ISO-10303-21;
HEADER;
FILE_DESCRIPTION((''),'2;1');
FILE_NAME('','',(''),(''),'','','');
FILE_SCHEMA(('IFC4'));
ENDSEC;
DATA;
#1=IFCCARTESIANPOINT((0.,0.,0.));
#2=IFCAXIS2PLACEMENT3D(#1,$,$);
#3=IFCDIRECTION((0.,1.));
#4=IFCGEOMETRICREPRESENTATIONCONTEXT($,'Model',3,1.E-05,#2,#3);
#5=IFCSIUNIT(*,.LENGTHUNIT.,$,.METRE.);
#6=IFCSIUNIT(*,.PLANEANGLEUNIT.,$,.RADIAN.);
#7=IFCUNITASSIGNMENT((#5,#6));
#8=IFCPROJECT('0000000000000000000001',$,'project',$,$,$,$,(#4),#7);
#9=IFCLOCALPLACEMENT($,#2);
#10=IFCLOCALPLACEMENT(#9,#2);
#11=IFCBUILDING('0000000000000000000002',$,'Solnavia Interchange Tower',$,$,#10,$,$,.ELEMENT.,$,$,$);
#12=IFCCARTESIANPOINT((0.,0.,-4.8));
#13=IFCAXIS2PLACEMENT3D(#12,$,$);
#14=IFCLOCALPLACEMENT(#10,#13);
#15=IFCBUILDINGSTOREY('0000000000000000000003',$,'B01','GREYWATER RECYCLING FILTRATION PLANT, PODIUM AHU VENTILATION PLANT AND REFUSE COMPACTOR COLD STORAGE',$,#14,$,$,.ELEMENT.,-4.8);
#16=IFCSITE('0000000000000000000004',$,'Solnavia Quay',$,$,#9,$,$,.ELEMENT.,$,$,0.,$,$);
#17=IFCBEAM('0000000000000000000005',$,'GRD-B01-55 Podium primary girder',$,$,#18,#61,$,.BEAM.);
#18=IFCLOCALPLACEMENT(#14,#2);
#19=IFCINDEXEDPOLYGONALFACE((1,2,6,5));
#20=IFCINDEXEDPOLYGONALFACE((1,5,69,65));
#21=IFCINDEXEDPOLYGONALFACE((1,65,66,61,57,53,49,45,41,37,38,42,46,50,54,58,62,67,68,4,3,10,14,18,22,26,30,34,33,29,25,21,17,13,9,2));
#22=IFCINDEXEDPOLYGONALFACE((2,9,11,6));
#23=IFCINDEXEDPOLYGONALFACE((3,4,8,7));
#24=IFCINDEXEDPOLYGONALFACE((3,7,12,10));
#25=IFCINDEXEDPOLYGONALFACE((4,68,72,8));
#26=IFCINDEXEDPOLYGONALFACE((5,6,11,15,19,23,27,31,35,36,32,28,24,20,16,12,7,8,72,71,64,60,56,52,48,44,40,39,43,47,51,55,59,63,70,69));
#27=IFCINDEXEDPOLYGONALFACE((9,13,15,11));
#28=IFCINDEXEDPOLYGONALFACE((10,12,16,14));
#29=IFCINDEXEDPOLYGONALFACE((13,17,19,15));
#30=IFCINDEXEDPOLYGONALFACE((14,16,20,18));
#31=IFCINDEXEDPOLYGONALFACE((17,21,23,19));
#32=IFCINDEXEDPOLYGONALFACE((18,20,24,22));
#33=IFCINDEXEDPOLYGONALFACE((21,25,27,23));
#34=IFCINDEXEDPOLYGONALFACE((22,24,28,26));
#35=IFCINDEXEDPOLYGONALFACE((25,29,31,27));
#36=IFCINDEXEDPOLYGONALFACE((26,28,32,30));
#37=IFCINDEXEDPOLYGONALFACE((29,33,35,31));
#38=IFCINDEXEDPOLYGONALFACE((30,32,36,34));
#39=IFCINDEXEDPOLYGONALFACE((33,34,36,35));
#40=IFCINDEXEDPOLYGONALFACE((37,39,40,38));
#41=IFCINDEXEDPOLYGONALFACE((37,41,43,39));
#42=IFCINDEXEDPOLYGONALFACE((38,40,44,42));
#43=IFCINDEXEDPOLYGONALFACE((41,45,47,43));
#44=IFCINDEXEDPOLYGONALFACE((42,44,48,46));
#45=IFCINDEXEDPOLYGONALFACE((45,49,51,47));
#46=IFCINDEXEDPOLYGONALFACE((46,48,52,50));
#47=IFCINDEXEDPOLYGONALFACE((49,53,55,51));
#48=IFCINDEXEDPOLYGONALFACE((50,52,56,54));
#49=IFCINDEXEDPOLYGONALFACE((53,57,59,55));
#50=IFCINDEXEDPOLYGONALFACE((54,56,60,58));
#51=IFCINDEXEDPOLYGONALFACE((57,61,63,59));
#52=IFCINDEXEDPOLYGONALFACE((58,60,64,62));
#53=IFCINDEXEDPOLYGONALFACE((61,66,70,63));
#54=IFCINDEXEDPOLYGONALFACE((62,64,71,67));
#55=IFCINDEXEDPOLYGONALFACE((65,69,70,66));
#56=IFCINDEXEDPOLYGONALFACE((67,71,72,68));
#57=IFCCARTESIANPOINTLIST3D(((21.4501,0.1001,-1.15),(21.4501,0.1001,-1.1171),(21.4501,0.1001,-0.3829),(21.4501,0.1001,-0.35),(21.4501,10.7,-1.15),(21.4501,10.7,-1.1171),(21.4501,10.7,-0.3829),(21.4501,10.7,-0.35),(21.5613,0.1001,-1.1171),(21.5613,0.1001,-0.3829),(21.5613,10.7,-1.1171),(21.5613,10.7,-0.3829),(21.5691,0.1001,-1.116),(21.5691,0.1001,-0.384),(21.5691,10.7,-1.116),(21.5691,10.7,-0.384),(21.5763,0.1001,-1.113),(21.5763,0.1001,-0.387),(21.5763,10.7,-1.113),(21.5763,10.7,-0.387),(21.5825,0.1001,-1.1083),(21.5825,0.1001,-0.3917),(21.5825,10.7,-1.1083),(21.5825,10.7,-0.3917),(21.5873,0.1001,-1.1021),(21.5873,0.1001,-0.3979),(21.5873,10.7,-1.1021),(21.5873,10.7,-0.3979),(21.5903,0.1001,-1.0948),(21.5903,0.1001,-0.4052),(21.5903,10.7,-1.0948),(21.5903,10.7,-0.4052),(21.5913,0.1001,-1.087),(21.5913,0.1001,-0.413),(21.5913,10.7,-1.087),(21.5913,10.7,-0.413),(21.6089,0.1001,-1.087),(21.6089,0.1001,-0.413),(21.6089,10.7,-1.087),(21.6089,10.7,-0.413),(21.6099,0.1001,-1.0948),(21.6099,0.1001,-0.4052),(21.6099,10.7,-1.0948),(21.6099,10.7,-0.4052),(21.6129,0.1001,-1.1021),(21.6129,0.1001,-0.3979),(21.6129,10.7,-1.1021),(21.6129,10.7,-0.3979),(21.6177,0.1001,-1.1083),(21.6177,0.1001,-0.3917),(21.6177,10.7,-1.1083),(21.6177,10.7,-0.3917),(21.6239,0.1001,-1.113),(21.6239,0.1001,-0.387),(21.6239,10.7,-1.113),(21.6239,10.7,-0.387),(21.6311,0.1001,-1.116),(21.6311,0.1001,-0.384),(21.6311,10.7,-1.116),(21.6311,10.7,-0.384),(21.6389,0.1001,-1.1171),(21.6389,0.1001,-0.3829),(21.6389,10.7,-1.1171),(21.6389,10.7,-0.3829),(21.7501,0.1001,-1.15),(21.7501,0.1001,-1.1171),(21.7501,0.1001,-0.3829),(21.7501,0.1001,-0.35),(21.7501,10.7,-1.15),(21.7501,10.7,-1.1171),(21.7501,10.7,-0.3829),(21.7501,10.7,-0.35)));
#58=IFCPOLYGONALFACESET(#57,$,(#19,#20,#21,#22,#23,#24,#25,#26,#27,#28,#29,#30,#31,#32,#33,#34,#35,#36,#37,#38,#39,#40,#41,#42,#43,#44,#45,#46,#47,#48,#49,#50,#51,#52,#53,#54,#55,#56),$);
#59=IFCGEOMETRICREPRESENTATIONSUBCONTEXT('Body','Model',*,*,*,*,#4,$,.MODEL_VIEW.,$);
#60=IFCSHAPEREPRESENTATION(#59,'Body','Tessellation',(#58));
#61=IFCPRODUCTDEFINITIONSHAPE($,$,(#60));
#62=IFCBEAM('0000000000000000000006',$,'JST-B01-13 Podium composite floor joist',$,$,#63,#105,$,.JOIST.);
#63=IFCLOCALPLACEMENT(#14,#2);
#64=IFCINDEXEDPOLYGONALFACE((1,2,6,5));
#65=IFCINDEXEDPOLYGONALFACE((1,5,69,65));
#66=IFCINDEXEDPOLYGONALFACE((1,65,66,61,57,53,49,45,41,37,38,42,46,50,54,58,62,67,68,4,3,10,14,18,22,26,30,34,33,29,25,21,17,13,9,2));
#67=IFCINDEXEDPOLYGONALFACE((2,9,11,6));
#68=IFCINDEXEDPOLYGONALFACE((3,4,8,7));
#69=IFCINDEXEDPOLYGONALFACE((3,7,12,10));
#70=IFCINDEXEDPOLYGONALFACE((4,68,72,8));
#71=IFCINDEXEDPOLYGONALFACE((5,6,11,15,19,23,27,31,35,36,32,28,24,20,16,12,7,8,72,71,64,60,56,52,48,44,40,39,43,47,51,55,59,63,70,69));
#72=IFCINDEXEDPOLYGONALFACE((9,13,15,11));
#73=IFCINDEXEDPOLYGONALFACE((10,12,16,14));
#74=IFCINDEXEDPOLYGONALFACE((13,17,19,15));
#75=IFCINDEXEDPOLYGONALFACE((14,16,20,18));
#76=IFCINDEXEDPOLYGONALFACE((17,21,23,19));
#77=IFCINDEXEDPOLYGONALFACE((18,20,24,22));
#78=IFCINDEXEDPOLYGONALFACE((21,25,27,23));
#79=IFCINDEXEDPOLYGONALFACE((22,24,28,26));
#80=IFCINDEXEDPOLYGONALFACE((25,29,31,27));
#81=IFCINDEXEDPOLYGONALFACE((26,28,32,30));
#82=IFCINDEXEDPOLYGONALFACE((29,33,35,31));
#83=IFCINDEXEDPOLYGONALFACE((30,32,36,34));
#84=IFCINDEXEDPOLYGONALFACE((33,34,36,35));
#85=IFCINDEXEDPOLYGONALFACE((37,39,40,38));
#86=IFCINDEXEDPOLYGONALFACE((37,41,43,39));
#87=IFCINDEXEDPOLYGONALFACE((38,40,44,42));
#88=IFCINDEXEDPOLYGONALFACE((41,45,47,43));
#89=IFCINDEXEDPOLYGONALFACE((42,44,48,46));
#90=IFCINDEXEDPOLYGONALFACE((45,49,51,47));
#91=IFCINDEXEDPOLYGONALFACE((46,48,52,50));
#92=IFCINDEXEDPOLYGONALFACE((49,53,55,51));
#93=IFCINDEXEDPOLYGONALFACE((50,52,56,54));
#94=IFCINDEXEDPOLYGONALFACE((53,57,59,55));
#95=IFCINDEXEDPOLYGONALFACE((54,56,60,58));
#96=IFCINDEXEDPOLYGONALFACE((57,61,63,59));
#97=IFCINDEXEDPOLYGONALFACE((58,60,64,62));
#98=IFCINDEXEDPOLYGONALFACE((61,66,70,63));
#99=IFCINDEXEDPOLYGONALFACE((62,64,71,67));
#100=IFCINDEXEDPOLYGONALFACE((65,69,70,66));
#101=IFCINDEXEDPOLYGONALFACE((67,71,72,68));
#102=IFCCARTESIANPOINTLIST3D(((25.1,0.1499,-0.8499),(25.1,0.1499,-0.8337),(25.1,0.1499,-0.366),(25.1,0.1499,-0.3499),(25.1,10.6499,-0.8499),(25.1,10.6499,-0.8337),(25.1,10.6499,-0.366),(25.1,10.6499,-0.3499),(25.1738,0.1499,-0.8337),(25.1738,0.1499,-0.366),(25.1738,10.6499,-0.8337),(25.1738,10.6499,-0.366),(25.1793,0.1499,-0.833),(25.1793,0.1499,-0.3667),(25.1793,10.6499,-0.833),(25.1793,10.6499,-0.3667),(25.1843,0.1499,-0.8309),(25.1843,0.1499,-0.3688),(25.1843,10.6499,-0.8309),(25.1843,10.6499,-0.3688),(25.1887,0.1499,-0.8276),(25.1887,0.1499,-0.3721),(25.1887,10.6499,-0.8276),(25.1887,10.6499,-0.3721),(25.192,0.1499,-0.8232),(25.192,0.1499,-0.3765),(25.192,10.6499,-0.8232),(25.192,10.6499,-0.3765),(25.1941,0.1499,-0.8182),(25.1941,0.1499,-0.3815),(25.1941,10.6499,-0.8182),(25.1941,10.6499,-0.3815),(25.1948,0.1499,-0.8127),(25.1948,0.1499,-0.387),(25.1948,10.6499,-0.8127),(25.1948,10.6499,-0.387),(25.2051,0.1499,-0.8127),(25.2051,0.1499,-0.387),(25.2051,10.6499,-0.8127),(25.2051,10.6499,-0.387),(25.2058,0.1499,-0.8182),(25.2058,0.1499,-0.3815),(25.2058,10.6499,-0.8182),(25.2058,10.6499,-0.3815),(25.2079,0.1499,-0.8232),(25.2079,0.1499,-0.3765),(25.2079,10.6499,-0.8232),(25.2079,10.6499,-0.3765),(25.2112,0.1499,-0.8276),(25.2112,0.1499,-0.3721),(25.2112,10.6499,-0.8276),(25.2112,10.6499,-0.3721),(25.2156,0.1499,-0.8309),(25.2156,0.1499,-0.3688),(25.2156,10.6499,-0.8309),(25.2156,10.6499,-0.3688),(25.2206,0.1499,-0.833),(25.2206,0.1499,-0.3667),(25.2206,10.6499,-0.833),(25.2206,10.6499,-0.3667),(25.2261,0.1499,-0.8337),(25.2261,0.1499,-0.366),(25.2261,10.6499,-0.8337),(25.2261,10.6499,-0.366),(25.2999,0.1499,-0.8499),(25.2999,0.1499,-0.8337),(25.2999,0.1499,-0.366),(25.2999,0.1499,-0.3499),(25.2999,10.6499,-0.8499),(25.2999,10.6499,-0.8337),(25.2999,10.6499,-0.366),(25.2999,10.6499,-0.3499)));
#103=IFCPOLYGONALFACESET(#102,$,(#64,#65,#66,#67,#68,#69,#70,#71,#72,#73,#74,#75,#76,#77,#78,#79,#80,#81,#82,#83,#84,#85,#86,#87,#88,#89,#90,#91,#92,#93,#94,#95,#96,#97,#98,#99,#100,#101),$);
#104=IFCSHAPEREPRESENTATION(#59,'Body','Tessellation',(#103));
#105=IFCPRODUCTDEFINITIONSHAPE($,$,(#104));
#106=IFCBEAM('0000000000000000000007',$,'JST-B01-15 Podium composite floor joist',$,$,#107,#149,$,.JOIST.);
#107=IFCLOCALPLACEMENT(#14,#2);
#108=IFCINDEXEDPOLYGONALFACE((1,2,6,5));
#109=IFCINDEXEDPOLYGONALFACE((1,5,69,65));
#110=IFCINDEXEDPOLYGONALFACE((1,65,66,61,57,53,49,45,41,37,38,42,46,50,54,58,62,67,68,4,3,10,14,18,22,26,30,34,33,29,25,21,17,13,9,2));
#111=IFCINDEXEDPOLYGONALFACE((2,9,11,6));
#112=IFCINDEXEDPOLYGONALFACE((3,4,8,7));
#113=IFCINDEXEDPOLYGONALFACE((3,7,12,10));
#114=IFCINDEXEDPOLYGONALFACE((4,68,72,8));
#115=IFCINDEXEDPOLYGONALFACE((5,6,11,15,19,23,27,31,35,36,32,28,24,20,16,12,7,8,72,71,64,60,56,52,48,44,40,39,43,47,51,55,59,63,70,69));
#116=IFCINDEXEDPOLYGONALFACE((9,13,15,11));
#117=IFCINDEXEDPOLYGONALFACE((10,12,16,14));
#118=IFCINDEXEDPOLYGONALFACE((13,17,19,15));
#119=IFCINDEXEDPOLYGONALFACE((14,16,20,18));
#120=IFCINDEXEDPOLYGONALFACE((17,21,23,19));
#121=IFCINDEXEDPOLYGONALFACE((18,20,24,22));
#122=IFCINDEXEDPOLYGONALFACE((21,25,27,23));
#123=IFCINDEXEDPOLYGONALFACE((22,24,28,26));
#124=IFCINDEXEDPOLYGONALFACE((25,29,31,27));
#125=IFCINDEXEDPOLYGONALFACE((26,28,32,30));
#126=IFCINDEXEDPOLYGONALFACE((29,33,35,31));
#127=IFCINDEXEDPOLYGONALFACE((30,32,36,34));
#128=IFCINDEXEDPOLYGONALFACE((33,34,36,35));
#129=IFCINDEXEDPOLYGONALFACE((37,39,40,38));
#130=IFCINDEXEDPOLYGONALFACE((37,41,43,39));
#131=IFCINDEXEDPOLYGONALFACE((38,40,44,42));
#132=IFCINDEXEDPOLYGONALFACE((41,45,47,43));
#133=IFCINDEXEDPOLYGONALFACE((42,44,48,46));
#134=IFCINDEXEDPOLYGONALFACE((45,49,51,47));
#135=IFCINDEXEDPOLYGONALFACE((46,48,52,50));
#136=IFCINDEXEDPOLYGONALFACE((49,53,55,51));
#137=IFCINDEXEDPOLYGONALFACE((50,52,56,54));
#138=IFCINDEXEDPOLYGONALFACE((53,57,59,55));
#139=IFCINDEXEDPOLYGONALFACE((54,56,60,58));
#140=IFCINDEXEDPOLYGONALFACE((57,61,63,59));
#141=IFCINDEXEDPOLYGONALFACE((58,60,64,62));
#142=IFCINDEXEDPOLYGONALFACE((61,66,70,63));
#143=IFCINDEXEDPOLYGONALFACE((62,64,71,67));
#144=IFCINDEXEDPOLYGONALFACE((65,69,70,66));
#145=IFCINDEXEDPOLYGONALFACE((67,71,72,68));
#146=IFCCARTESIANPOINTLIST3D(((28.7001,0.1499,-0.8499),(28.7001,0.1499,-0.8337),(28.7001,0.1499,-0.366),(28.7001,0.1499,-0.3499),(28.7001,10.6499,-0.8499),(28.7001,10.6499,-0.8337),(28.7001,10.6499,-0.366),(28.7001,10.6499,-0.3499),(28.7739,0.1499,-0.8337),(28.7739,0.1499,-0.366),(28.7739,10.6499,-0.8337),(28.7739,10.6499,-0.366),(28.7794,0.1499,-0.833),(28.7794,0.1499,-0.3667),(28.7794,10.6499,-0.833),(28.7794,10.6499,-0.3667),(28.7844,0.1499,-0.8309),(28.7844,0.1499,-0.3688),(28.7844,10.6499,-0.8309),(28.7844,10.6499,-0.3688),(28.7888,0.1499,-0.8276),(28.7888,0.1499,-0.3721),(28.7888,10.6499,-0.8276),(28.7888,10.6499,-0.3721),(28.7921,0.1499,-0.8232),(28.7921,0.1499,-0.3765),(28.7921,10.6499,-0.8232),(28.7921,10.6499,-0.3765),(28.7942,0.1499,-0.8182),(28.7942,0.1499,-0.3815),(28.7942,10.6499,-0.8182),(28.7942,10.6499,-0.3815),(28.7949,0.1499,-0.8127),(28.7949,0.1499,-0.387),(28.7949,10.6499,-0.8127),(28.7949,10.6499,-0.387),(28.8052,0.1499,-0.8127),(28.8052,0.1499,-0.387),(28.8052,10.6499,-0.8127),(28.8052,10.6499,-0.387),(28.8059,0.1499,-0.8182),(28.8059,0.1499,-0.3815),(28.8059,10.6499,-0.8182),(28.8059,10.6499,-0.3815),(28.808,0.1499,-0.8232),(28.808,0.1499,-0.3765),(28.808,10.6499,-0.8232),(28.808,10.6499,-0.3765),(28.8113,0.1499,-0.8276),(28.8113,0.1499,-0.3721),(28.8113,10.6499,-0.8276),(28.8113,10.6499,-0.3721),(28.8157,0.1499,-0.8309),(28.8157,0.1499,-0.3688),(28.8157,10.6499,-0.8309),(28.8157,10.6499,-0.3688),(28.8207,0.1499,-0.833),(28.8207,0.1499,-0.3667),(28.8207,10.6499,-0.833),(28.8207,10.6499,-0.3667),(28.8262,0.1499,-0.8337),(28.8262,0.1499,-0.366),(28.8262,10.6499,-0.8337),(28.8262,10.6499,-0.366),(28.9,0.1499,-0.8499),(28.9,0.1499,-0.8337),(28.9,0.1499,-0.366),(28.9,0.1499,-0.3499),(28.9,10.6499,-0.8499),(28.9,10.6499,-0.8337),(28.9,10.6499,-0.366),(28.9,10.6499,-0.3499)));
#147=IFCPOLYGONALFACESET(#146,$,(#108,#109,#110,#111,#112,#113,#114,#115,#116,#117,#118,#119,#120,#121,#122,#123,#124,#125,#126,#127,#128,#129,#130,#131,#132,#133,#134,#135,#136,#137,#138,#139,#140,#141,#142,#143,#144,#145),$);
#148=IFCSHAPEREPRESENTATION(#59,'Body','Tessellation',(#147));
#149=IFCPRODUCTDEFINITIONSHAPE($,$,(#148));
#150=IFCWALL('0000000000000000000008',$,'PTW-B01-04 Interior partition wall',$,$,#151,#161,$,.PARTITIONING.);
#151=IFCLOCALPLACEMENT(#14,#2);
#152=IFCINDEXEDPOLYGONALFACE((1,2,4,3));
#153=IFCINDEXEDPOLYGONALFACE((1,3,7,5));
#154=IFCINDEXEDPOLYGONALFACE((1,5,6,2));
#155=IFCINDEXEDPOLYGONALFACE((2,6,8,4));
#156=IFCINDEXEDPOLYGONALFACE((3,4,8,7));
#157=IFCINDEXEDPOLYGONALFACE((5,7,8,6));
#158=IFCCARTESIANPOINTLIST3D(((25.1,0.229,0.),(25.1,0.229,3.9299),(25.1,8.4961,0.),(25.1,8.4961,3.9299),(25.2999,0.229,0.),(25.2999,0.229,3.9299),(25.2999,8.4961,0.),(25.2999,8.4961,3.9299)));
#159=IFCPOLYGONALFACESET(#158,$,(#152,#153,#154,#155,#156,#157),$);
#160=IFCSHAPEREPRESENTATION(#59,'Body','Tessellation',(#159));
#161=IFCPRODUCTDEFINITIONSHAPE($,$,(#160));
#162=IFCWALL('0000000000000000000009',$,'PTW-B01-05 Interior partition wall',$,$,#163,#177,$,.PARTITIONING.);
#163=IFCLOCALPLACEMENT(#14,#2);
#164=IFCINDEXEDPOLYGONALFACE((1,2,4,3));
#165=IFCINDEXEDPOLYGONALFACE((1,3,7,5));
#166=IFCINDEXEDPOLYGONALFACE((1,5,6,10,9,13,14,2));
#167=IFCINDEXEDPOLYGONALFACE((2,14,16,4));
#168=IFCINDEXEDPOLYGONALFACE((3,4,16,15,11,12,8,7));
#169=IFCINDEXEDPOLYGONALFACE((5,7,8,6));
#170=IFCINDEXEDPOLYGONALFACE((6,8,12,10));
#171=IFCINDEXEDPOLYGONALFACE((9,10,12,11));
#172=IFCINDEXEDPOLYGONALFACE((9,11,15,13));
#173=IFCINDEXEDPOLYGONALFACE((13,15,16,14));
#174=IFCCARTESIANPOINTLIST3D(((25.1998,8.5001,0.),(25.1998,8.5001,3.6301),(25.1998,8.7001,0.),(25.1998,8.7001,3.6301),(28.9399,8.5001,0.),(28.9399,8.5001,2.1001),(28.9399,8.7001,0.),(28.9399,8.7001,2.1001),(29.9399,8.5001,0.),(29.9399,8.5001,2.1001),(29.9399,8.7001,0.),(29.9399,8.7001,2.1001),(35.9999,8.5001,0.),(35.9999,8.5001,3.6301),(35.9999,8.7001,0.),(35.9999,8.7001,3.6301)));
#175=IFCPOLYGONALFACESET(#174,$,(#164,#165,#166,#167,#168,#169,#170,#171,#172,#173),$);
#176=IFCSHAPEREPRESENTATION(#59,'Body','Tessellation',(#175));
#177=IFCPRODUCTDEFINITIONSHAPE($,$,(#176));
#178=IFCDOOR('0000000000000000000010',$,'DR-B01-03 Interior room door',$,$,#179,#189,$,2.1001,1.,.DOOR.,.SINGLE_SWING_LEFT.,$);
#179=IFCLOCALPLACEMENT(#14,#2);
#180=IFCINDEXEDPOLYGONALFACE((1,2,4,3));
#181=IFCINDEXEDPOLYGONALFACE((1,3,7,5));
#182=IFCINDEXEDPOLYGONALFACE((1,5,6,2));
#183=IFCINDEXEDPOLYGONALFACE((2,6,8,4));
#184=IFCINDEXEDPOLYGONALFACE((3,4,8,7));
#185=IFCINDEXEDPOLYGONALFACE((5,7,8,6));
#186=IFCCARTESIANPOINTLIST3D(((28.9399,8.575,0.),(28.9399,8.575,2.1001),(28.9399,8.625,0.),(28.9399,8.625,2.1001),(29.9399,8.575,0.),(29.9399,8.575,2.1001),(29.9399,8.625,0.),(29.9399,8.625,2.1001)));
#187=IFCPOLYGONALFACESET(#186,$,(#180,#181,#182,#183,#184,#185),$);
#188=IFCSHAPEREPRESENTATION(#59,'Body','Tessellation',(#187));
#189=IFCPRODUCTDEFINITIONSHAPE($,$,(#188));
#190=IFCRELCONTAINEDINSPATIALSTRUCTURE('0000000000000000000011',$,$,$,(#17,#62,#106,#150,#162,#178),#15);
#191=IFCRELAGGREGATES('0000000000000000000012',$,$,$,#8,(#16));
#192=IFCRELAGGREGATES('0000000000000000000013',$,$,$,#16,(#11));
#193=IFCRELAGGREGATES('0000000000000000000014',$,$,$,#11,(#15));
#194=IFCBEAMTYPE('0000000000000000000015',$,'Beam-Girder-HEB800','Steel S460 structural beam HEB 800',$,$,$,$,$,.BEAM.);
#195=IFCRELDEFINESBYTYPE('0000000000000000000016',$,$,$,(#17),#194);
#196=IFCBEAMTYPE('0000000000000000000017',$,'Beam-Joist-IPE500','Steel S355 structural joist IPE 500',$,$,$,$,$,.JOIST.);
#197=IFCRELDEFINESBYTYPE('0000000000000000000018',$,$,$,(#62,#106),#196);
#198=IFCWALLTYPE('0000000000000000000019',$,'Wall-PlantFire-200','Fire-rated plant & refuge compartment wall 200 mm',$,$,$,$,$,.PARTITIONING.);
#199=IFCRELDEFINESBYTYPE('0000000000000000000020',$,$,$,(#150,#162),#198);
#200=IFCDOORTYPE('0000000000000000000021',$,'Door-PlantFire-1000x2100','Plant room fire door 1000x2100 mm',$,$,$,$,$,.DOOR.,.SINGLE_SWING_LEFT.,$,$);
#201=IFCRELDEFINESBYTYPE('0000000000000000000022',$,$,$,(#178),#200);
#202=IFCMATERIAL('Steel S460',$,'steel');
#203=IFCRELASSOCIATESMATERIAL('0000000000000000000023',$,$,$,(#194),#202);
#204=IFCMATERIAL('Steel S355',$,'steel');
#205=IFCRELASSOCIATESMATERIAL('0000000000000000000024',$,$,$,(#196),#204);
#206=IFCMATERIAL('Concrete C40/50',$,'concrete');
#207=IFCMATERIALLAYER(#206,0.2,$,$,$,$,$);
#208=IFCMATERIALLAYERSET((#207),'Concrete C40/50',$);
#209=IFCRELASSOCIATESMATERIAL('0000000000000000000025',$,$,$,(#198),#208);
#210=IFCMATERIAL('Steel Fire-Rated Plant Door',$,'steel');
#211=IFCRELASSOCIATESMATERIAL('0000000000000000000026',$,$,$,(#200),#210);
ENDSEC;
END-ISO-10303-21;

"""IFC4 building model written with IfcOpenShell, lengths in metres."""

from ifc_helpers import new_model, si_unit, direction, frame, frame_2d, origin, origin_2d, place, context, subcontext, project, spatial, rectangle, i_section, extrude, material, layer, layer_set, material_profile, profile_set, type_object, element, fill, save


model = new_model("IFC4")

# Units and contexts
model_context = context("Model", 3, precision=1e-05, world=origin(), true_north=direction((0.0, 1.0)))
body_context = subcontext(model_context, "Body", "Model", "MODEL_VIEW")
ifc_project = project(units=[si_unit("LENGTHUNIT", "METRE"), si_unit("PLANEANGLEUNIT", "RADIAN")], contexts=[model_context])

# Site, building, storey
site_placement = place(None, origin())
site = spatial("IfcSite", under=ifc_project, at=site_placement, Name="Solnavia Quay", CompositionType="ELEMENT", RefElevation=0.0)
building_placement = place(site_placement, origin())
building = spatial("IfcBuilding", under=site, at=building_placement, Name="Solnavia Interchange Tower", CompositionType="ELEMENT")
storey_placement = place(building_placement, frame((0.0, 0.0, -4.8)))
storey = spatial("IfcBuildingStorey", under=building, at=storey_placement, Name="B01", Description="GREYWATER RECYCLING FILTRATION PLANT, PODIUM AHU VENTILATION PLANT AND REFUSE COMPACTOR COLD STORAGE", CompositionType="ELEMENT", Elevation=-4.8)

# Beams
ifc_material_1 = material(Name="Steel S460", Category="steel")
ifc_material_profile_1 = material_profile(ifc_material_1, i_section(OverallWidth=0.3, OverallDepth=0.8, WebThickness=0.0176, FlangeThickness=0.033, FilletRadius=0.03, at=origin_2d()), Name="HEB 800")
ifc_profile_set_1 = profile_set([ifc_material_profile_1], Name="Steel S460")
beam_type_1 = type_object("IfcBeamType", Name="Beam-Girder-HEB800", Description="Steel S460 structural beam HEB 800", PredefinedType="BEAM", material=ifc_profile_set_1)
beam_placement = place(storey_placement, frame((21.6001, 0.1001, -0.75), z_axis=(0.0, 1.0, 0.0), x_axis=(-1.0, 0.0, 0.0)))
element("IfcBeam", 1, at=beam_placement, inside=storey, type_object=beam_type_1, Name="GRD-B01-55 Podium primary girder", PredefinedType="BEAM", context=body_context, shape_type="SweptSolid", body=[
    extrude(i_section(OverallWidth=0.3, OverallDepth=0.8, WebThickness=0.0176, FlangeThickness=0.033, FilletRadius=0.03, at=origin_2d()), origin(), (0.0, 0.0, 1.0), 10.5999),
])
ifc_material_2 = material(Name="Steel S355", Category="steel")
ifc_material_profile_2 = material_profile(ifc_material_2, i_section(OverallWidth=0.2, OverallDepth=0.5, WebThickness=0.0103, FlangeThickness=0.0161, FilletRadius=0.021, at=origin_2d()), Name="IPE 500")
ifc_profile_set_2 = profile_set([ifc_material_profile_2], Name="Steel S355")
beam_type_2 = type_object("IfcBeamType", Name="Beam-Joist-IPE500", Description="Steel S355 structural joist IPE 500", PredefinedType="JOIST", material=ifc_profile_set_2)
for number, where, z_axis, x_axis, name in (
    (2, (25.2, 0.1499, -0.5999), (0.0, 1.0, 0.0), (-1.0, 0.0, 0.0), "JST-B01-13 Podium composite floor joist"),
    (3, (28.8, 0.1499, -0.5999), (0.0, 1.0, 0.0), (-1.0, 0.0, 0.0), "JST-B01-15 Podium composite floor joist"),
):
    element("IfcBeam", number, at=place(storey_placement, frame(where, z_axis=z_axis, x_axis=x_axis)), inside=storey, type_object=beam_type_2, Name=name, PredefinedType="JOIST", context=body_context, shape_type="SweptSolid", body=[
        extrude(i_section(OverallWidth=0.2, OverallDepth=0.5, WebThickness=0.0103, FlangeThickness=0.0161, FilletRadius=0.021, at=origin_2d()), origin(), (0.0, 0.0, 1.0), 10.5),
    ])

# Wall
ifc_material_3 = material(Name="Concrete C40/50", Category="concrete")
ifc_layer_1 = layer(ifc_material_3, 0.2)
ifc_layer_set_1 = layer_set([ifc_layer_1], Name="Concrete C40/50")
wall_type_1 = type_object("IfcWallType", Name="Wall-PlantFire-200", Description="Fire-rated plant & refuge compartment wall 200 mm", PredefinedType="PARTITIONING", material=ifc_layer_set_1)
wall_1_placement = place(storey_placement, frame((25.2, 0.229, 0.0), z_axis=(0.0, 0.0, 1.0), x_axis=(0.0, 1.0, 0.0)))
element("IfcWall", 4, at=wall_1_placement, inside=storey, type_object=wall_type_1, Name="PTW-B01-04 Interior partition wall", PredefinedType="PARTITIONING", context=body_context, shape_type="SweptSolid", body=[
    extrude(rectangle(XDim=8.2671, YDim=0.2, at=frame_2d((4.1335, 0.0))), origin(), (0.0, 0.0, 1.0), 3.9299),
])

# Wall, opening, door
wall_2_placement = place(storey_placement, frame((25.2, 8.6001, 0.0), z_axis=(0.0, 0.0, 1.0), x_axis=(1.0, 0.0, 0.0)))
wall_2 = element("IfcWall", 5, at=wall_2_placement, inside=storey, type_object=wall_type_1, Name="PTW-B01-05 Interior partition wall", PredefinedType="PARTITIONING", context=body_context, shape_type="SweptSolid", body=[
    extrude(rectangle(XDim=10.8, YDim=0.2, at=frame_2d((5.3999, 0.0))), origin(), (0.0, 0.0, 1.0), 3.6301),
])
opening_placement = place(wall_2_placement, frame((3.74, 0.0, 0.0)))
opening = element("IfcOpeningElement", 6, at=opening_placement, cuts=wall_2, PredefinedType="OPENING", context=body_context, shape_type="SweptSolid", body=[
    extrude(rectangle(XDim=1.0, YDim=2.1001, at=frame_2d((0.5, 1.05))), frame((0.0, 0.1099, 0.0), z_axis=(0.0, -1.0, 0.0), x_axis=(1.0, 0.0, 0.0)), (0.0, 0.0, 1.0), 0.22),
])
ifc_material_4 = material(Name="Steel Fire-Rated Plant Door", Category="steel")
door_type = type_object("IfcDoorType", Name="Door-PlantFire-1000x2100", Description="Plant room fire door 1000x2100 mm", OperationType="SINGLE_SWING_LEFT", PredefinedType="DOOR", material=ifc_material_4)
door_placement = place(opening_placement, origin())
door = element("IfcDoor", 7, at=door_placement, inside=storey, type_object=door_type, Name="DR-B01-03 Interior room door", OperationType="SINGLE_SWING_LEFT", OverallHeight=2.1001, OverallWidth=1.0, PredefinedType="DOOR", context=body_context, shape_type="SweptSolid", body=[
    extrude(rectangle(XDim=1.0, YDim=2.1001, at=frame_2d((0.5, 1.05))), frame((0.0, 0.0249, 0.0), z_axis=(0.0, -1.0, 0.0), x_axis=(1.0, 0.0, 0.0)), (0.0, 0.0, 1.0), 0.05),
])
fill(opening, door)

save(model, "model.ifc")
